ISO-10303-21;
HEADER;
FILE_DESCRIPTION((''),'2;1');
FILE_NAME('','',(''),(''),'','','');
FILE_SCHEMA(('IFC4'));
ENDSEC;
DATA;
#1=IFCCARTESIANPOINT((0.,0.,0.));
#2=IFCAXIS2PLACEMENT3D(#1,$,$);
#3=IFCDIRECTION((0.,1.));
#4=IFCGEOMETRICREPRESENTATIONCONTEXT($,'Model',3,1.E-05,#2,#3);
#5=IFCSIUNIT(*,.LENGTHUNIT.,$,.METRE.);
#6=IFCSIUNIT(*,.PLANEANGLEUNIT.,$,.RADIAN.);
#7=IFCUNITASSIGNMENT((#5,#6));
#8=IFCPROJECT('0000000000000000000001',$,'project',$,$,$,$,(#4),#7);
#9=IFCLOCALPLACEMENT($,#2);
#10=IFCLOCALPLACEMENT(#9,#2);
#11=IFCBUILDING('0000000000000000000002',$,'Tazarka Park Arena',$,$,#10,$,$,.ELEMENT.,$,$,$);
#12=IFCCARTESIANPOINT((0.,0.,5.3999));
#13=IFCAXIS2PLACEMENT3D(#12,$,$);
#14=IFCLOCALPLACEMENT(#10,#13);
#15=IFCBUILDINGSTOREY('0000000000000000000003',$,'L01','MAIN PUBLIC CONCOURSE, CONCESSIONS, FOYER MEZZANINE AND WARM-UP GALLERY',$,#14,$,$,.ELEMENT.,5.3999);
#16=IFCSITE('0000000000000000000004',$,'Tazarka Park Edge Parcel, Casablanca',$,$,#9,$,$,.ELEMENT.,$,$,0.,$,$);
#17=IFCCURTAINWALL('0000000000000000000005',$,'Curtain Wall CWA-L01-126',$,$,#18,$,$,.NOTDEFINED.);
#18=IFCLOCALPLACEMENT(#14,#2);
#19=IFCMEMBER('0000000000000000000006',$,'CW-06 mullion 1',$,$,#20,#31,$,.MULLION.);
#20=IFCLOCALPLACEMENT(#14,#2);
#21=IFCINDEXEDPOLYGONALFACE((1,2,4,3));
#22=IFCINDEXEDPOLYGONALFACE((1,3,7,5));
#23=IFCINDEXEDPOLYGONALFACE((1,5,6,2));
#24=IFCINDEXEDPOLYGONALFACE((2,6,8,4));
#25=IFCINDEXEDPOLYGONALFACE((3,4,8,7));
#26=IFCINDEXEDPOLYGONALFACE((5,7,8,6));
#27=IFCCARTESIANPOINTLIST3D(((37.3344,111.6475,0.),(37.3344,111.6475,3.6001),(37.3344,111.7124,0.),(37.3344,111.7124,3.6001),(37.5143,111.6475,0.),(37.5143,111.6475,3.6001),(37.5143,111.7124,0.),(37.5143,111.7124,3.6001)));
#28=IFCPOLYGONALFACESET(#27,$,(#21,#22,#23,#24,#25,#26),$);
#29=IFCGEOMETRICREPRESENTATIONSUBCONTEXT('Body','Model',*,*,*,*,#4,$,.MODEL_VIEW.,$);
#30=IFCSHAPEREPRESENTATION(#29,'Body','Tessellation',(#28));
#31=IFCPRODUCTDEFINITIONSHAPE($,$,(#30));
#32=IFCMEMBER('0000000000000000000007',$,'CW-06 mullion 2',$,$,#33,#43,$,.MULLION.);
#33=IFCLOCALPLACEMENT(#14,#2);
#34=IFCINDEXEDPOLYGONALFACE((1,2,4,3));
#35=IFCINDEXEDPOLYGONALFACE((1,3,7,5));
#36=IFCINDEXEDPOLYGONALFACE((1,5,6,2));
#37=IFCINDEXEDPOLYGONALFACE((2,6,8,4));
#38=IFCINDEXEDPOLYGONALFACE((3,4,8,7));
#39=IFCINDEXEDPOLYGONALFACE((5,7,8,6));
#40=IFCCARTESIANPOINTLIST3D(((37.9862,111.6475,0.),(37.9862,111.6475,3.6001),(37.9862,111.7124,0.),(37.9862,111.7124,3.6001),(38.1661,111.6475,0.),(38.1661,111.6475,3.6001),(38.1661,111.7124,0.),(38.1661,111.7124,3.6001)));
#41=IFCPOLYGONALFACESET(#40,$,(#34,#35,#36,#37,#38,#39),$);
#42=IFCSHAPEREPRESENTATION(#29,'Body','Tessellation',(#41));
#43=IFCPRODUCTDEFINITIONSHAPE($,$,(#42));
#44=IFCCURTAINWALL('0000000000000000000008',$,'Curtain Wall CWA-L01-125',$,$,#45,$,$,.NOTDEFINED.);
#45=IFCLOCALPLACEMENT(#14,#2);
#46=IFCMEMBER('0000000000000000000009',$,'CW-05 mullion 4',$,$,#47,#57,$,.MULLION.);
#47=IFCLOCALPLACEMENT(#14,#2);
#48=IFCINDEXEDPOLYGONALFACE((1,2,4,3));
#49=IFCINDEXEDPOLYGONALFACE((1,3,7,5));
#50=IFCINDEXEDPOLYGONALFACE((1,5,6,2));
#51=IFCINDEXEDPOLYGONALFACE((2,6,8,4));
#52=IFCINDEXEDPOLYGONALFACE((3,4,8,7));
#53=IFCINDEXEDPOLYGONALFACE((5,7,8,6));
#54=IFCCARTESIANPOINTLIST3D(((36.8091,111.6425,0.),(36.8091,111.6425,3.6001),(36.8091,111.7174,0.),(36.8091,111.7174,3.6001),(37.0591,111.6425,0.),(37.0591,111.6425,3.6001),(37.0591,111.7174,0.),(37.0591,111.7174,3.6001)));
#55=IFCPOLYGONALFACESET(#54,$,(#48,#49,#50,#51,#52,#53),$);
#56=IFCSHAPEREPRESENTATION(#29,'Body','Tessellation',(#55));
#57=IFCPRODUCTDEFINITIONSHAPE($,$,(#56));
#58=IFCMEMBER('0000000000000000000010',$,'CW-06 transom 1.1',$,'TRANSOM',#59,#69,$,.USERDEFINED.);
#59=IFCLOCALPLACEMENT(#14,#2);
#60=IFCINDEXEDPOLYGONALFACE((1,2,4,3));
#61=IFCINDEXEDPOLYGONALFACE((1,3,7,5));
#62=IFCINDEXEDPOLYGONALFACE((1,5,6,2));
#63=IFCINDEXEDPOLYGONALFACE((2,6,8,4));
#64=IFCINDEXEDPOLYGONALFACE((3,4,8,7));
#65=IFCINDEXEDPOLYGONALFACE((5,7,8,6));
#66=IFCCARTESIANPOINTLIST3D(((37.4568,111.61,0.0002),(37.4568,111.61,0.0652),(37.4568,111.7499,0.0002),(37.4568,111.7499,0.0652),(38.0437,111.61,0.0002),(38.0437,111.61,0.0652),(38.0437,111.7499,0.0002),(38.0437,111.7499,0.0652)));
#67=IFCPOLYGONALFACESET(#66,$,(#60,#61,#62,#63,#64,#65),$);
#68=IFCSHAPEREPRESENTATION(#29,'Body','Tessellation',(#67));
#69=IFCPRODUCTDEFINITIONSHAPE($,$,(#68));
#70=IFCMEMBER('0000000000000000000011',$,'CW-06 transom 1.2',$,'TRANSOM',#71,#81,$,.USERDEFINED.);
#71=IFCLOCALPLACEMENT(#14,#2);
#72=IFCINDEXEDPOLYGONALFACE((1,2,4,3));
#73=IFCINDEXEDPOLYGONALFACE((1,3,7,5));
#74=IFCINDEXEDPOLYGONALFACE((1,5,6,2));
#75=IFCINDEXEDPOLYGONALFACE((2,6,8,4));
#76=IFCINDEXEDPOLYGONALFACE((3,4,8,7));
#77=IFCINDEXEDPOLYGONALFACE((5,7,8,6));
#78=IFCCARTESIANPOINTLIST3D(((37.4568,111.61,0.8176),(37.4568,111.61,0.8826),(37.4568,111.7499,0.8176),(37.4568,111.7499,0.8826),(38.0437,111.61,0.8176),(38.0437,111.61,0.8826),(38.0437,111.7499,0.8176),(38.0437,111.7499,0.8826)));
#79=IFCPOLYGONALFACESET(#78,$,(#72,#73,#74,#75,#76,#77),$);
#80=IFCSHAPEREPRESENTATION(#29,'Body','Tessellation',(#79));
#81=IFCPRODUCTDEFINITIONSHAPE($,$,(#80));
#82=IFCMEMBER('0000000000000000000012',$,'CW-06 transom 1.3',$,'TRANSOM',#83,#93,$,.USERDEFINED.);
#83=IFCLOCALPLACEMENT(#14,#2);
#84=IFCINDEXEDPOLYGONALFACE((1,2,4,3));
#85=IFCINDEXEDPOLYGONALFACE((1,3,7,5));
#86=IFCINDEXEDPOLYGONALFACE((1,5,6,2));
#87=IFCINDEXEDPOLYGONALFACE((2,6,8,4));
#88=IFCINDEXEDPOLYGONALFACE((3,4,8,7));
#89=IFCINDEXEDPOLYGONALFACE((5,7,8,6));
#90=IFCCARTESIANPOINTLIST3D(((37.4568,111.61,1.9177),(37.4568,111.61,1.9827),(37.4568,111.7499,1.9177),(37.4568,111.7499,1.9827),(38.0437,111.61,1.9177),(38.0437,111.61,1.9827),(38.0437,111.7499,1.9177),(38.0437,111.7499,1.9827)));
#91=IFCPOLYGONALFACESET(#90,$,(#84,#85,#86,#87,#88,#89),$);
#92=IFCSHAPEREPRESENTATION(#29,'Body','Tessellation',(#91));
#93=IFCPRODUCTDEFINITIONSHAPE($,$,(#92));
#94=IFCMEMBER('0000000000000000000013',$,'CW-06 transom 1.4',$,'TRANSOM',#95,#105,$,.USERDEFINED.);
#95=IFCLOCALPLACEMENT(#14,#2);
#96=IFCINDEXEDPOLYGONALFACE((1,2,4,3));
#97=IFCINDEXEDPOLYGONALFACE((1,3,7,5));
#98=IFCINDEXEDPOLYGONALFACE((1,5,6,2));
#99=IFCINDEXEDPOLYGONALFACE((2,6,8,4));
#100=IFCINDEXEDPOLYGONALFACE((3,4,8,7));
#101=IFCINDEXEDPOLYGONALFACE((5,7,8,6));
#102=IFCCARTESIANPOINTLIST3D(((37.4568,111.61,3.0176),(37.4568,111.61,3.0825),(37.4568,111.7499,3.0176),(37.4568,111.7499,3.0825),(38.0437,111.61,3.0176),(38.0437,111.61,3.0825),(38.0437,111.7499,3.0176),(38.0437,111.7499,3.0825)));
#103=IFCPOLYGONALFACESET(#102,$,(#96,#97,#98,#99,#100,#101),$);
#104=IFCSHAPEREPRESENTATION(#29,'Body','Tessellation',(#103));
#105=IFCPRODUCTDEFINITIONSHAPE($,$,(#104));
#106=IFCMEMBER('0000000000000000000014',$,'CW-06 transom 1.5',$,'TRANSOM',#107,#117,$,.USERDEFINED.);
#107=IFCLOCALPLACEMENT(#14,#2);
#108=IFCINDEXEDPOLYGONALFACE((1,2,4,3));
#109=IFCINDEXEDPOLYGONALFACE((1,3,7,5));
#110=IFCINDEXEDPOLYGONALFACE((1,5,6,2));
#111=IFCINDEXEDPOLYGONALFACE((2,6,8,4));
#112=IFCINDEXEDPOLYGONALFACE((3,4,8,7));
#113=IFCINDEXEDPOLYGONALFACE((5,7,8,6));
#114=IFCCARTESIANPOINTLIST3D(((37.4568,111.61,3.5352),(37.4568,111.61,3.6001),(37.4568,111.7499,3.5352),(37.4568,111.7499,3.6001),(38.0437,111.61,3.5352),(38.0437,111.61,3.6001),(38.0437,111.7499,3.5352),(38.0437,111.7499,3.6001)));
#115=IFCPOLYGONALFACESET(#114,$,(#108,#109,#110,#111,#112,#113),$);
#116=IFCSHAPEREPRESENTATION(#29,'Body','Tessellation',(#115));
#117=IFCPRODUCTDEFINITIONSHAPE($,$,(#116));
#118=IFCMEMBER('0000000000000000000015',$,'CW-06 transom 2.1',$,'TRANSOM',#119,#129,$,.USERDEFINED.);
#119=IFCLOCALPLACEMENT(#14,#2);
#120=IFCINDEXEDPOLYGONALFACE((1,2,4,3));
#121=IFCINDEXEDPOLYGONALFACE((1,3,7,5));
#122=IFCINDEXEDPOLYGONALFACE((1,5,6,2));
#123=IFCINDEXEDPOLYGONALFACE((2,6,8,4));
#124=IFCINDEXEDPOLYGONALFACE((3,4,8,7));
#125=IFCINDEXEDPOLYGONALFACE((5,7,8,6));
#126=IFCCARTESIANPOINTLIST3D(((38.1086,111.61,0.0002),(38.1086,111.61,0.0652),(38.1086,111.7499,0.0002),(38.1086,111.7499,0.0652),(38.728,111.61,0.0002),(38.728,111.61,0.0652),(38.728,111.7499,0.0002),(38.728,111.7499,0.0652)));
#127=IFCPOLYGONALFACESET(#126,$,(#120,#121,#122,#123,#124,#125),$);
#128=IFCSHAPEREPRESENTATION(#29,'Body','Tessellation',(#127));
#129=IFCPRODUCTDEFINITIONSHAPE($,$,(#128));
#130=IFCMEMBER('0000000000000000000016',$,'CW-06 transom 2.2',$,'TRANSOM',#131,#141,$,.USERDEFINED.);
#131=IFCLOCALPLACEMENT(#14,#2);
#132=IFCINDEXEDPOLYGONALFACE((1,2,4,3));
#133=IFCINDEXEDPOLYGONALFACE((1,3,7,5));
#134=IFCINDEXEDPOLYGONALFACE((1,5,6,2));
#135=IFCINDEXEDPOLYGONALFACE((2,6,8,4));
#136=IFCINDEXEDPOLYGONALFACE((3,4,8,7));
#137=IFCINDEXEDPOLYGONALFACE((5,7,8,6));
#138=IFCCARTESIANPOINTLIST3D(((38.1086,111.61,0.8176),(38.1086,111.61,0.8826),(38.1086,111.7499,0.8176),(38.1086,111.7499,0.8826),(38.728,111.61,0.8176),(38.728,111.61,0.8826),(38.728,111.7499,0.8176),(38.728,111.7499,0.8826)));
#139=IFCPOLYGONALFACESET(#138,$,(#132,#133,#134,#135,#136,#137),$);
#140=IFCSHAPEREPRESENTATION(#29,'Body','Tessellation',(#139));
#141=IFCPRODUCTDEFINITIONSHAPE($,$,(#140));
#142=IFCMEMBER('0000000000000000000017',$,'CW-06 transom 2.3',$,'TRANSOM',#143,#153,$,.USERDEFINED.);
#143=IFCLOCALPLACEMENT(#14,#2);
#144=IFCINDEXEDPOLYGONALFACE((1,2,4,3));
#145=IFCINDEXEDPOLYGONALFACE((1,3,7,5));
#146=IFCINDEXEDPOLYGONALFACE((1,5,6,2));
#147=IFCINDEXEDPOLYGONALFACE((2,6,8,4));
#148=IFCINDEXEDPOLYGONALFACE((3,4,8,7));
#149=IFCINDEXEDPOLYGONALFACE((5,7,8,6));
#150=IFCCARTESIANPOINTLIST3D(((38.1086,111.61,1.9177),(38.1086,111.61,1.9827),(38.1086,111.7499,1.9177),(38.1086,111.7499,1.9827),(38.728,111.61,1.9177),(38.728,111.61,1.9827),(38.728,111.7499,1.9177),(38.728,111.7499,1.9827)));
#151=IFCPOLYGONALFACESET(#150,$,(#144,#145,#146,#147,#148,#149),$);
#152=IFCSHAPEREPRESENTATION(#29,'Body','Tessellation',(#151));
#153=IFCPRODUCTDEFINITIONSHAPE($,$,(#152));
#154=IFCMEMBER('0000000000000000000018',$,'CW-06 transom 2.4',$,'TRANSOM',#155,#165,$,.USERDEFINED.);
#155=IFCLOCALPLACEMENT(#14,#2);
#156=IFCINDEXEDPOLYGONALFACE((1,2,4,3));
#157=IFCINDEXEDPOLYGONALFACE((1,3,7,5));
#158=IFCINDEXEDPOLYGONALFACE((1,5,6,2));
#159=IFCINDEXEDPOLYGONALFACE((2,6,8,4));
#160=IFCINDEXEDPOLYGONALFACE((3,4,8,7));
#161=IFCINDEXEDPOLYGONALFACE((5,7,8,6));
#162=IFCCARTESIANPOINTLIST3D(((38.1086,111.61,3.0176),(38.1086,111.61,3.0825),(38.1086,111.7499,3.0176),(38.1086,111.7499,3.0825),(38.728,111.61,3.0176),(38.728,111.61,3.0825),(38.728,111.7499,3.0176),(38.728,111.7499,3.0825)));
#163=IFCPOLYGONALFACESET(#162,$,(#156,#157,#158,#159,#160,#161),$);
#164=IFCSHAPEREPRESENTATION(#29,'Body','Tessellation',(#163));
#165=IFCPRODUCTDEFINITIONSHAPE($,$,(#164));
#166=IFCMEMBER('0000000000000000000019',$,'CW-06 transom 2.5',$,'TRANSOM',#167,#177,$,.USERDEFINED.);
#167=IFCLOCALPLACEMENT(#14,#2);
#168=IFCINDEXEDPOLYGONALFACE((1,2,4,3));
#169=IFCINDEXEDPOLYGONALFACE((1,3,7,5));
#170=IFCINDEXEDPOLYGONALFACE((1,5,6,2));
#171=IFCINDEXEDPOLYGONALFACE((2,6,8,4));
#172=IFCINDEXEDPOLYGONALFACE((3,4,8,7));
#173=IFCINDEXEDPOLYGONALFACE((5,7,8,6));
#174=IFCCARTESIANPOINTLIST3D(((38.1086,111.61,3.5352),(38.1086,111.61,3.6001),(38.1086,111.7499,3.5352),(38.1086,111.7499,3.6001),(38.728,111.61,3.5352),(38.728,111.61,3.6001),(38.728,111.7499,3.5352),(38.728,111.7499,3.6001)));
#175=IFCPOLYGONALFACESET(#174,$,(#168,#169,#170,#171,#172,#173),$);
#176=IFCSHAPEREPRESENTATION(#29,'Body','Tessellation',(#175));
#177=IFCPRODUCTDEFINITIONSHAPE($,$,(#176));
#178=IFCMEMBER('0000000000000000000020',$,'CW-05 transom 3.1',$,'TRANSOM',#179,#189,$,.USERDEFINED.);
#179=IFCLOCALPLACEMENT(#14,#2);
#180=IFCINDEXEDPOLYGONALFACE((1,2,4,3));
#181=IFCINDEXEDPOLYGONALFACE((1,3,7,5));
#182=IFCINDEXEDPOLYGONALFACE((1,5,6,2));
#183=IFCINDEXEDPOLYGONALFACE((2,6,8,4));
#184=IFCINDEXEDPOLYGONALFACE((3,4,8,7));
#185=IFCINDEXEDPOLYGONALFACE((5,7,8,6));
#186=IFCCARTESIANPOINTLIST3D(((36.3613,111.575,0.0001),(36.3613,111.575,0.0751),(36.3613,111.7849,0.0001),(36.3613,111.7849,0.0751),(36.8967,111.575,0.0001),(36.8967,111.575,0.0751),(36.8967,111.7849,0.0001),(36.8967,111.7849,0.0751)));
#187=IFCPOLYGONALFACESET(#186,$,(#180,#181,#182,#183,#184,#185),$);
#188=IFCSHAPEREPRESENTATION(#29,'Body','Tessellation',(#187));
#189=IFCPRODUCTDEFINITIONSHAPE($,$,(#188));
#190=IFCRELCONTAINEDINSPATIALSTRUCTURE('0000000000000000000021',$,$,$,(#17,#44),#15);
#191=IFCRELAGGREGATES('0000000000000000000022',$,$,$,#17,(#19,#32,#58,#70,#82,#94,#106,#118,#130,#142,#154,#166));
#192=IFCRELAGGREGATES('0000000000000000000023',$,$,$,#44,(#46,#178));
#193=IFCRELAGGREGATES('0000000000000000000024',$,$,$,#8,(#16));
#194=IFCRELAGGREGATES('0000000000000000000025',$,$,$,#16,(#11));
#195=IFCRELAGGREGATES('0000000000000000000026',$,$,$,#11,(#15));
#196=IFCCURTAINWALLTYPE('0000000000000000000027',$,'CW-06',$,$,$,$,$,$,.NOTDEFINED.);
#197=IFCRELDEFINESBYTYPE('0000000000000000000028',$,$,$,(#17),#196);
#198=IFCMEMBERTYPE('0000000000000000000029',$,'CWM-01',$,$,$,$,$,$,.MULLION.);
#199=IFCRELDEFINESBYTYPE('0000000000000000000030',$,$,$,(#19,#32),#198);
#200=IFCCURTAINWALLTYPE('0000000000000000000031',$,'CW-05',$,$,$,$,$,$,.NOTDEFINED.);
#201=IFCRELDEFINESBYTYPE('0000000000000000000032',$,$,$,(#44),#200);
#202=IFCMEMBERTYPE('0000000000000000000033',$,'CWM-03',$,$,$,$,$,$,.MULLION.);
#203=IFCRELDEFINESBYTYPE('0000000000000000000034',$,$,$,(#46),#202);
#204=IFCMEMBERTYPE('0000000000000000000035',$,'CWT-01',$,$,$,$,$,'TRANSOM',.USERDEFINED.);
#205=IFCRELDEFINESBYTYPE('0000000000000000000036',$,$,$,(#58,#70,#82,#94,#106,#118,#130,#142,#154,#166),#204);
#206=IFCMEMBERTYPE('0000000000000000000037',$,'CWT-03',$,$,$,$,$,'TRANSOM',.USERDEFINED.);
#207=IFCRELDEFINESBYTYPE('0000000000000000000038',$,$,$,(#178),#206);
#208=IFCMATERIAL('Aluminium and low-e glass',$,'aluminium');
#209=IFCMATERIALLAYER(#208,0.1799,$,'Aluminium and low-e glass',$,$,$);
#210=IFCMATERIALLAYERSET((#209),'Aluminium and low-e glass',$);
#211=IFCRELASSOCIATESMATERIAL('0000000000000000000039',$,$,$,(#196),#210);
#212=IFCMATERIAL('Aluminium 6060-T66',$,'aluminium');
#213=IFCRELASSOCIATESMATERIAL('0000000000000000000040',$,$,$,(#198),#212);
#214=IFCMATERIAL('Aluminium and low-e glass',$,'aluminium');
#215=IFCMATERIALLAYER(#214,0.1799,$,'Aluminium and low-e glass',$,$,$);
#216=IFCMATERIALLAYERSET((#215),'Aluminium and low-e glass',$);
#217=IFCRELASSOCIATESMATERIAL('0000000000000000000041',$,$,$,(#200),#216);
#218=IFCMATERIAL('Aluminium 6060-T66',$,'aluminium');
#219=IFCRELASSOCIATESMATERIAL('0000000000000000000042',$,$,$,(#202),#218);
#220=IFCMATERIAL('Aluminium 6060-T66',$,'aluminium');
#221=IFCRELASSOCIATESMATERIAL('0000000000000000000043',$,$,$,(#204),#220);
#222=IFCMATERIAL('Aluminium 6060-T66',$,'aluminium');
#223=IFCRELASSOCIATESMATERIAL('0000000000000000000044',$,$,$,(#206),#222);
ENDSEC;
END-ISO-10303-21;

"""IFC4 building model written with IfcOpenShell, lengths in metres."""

from ifc_helpers import new_model, si_unit, direction, frame, origin, origin_2d, place, context, subcontext, project, spatial, rectangle, extrude, material, layer, layer_set, material_profile, profile_set, type_object, element, aggregate, save


model = new_model("IFC4")

# Units and contexts
model_context = context("Model", 3, precision=1e-05, world=origin(), true_north=direction((0.0, 1.0)))
body_context = subcontext(model_context, "Body", "Model", "MODEL_VIEW")
ifc_project = project(units=[si_unit("LENGTHUNIT", "METRE"), si_unit("PLANEANGLEUNIT", "RADIAN")], contexts=[model_context])

# Site, building, storey
site_placement = place(None, origin())
site = spatial("IfcSite", under=ifc_project, at=site_placement, Name="Tazarka Park Edge Parcel, Casablanca", CompositionType="ELEMENT", RefElevation=0.0)
building_placement = place(site_placement, origin())
building = spatial("IfcBuilding", under=site, at=building_placement, Name="Tazarka Park Arena", CompositionType="ELEMENT")
storey_placement = place(building_placement, frame((0.0, 0.0, 5.3999)))
storey = spatial("IfcBuildingStorey", under=building, at=storey_placement, Name="L01", Description="MAIN PUBLIC CONCOURSE, CONCESSIONS, FOYER MEZZANINE AND WARM-UP GALLERY", CompositionType="ELEMENT", Elevation=5.3999)

# Curtain wall, members
ifc_material_1 = material(Name="Aluminium and low-e glass", Category="aluminium")
ifc_layer_1 = layer(ifc_material_1, 0.1799, Name="Aluminium and low-e glass")
ifc_layer_set_1 = layer_set([ifc_layer_1], Name="Aluminium and low-e glass")
curtain_wall_type_1 = type_object("IfcCurtainWallType", Name="CW-06", PredefinedType="NOTDEFINED", material=ifc_layer_set_1)
curtain_wall_1_placement = place(storey_placement, origin())
curtain_wall_1 = element("IfcCurtainWall", 1, at=curtain_wall_1_placement, inside=storey, type_object=curtain_wall_type_1, Name="Curtain Wall CWA-L01-126", PredefinedType="NOTDEFINED")
ifc_material_2 = material(Name="Aluminium 6060-T66", Category="aluminium")
ifc_material_profile_1 = material_profile(ifc_material_2, rectangle(XDim=0.0649, YDim=0.1799, at=origin_2d()), Name="Aluminium 6060-T66")
ifc_profile_set_1 = profile_set([ifc_material_profile_1], Name="Aluminium 6060-T66")
member_type_1 = type_object("IfcMemberType", Name="CWM-01", PredefinedType="MULLION", material=ifc_profile_set_1)
member_1_placement = place(storey_placement, frame((37.4243, 111.6799, 0.0), z_axis=(0.0, 0.0, 1.0), x_axis=(0.0, 1.0, 0.0)))
member_1 = element("IfcMember", 2, at=member_1_placement, type_object=member_type_1, Name="CW-06 mullion 1", PredefinedType="MULLION", context=body_context, shape_type="SweptSolid", body=[
    extrude(rectangle(XDim=0.0649, YDim=0.1799, at=origin_2d()), origin(), (0.0, 0.0, 1.0), 3.6001),
])
member_2_placement = place(storey_placement, frame((38.0762, 111.6799, 0.0), z_axis=(0.0, 0.0, 1.0), x_axis=(0.0, 1.0, 0.0)))
member_2 = element("IfcMember", 3, at=member_2_placement, type_object=member_type_1, Name="CW-06 mullion 2", PredefinedType="MULLION", context=body_context, shape_type="SweptSolid", body=[
    extrude(rectangle(XDim=0.0649, YDim=0.1799, at=origin_2d()), origin(), (0.0, 0.0, 1.0), 3.6001),
])

# Curtain wall, member
ifc_material_3 = material(Name="Aluminium and low-e glass", Category="aluminium")
ifc_layer_2 = layer(ifc_material_3, 0.1799, Name="Aluminium and low-e glass")
ifc_layer_set_2 = layer_set([ifc_layer_2], Name="Aluminium and low-e glass")
curtain_wall_type_2 = type_object("IfcCurtainWallType", Name="CW-05", PredefinedType="NOTDEFINED", material=ifc_layer_set_2)
curtain_wall_2_placement = place(storey_placement, origin())
curtain_wall_2 = element("IfcCurtainWall", 4, at=curtain_wall_2_placement, inside=storey, type_object=curtain_wall_type_2, Name="Curtain Wall CWA-L01-125", PredefinedType="NOTDEFINED")
ifc_material_4 = material(Name="Aluminium 6060-T66", Category="aluminium")
ifc_material_profile_2 = material_profile(ifc_material_4, rectangle(XDim=0.075, YDim=0.25, at=origin_2d()), Name="Aluminium 6060-T66")
ifc_profile_set_2 = profile_set([ifc_material_profile_2], Name="Aluminium 6060-T66")
member_type_2 = type_object("IfcMemberType", Name="CWM-03", PredefinedType="MULLION", material=ifc_profile_set_2)
member_3_placement = place(storey_placement, frame((36.9341, 111.6799, 0.0), z_axis=(0.0, 0.0, 1.0), x_axis=(0.0, 1.0, 0.0)))
member_3 = element("IfcMember", 5, at=member_3_placement, type_object=member_type_2, Name="CW-05 mullion 4", PredefinedType="MULLION", context=body_context, shape_type="SweptSolid", body=[
    extrude(rectangle(XDim=0.075, YDim=0.25, at=origin_2d()), origin(), (0.0, 0.0, 1.0), 3.6001),
])

# Members
ifc_material_5 = material(Name="Aluminium 6060-T66", Category="aluminium")
ifc_material_profile_3 = material_profile(ifc_material_5, rectangle(XDim=0.1399, YDim=0.0649, at=origin_2d()), Name="Aluminium 6060-T66")
ifc_profile_set_3 = profile_set([ifc_material_profile_3], Name="Aluminium 6060-T66")
member_type_3 = type_object("IfcMemberType", Name="CWT-01", ElementType="TRANSOM", PredefinedType="USERDEFINED", material=ifc_profile_set_3)
member_4_placement = place(storey_placement, frame((37.4568, 111.6799, 0.0327), z_axis=(1.0, 0.0, 0.0), x_axis=(0.0, 1.0, 0.0)))
member_4 = element("IfcMember", 6, at=member_4_placement, type_object=member_type_3, Name="CW-06 transom 1.1", ObjectType="TRANSOM", PredefinedType="USERDEFINED", context=body_context, shape_type="SweptSolid", body=[
    extrude(rectangle(XDim=0.1399, YDim=0.0649, at=origin_2d()), origin(), (0.0, 0.0, 1.0), 0.5869),
])
member_5_placement = place(storey_placement, frame((37.4568, 111.6799, 0.8501), z_axis=(1.0, 0.0, 0.0), x_axis=(0.0, 1.0, 0.0)))
member_5 = element("IfcMember", 7, at=member_5_placement, type_object=member_type_3, Name="CW-06 transom 1.2", ObjectType="TRANSOM", PredefinedType="USERDEFINED", context=body_context, shape_type="SweptSolid", body=[
    extrude(rectangle(XDim=0.1399, YDim=0.0649, at=origin_2d()), origin(), (0.0, 0.0, 1.0), 0.5869),
])
member_6_placement = place(storey_placement, frame((37.4568, 111.6799, 1.9502), z_axis=(1.0, 0.0, 0.0), x_axis=(0.0, 1.0, 0.0)))
member_6 = element("IfcMember", 8, at=member_6_placement, type_object=member_type_3, Name="CW-06 transom 1.3", ObjectType="TRANSOM", PredefinedType="USERDEFINED", context=body_context, shape_type="SweptSolid", body=[
    extrude(rectangle(XDim=0.1399, YDim=0.0649, at=origin_2d()), origin(), (0.0, 0.0, 1.0), 0.5869),
])
member_7_placement = place(storey_placement, frame((37.4568, 111.6799, 3.05), z_axis=(1.0, 0.0, 0.0), x_axis=(0.0, 1.0, 0.0)))
member_7 = element("IfcMember", 9, at=member_7_placement, type_object=member_type_3, Name="CW-06 transom 1.4", ObjectType="TRANSOM", PredefinedType="USERDEFINED", context=body_context, shape_type="SweptSolid", body=[
    extrude(rectangle(XDim=0.1399, YDim=0.0649, at=origin_2d()), origin(), (0.0, 0.0, 1.0), 0.5869),
])
member_8_placement = place(storey_placement, frame((37.4568, 111.6799, 3.5676), z_axis=(1.0, 0.0, 0.0), x_axis=(0.0, 1.0, 0.0)))
member_8 = element("IfcMember", 10, at=member_8_placement, type_object=member_type_3, Name="CW-06 transom 1.5", ObjectType="TRANSOM", PredefinedType="USERDEFINED", context=body_context, shape_type="SweptSolid", body=[
    extrude(rectangle(XDim=0.1399, YDim=0.0649, at=origin_2d()), origin(), (0.0, 0.0, 1.0), 0.5869),
])
member_9_placement = place(storey_placement, frame((38.1086, 111.6799, 0.0327), z_axis=(1.0, 0.0, 0.0), x_axis=(0.0, 1.0, 0.0)))
member_9 = element("IfcMember", 11, at=member_9_placement, type_object=member_type_3, Name="CW-06 transom 2.1", ObjectType="TRANSOM", PredefinedType="USERDEFINED", context=body_context, shape_type="SweptSolid", body=[
    extrude(rectangle(XDim=0.1399, YDim=0.0649, at=origin_2d()), origin(), (0.0, 0.0, 1.0), 0.6194),
])
member_10_placement = place(storey_placement, frame((38.1086, 111.6799, 0.8501), z_axis=(1.0, 0.0, 0.0), x_axis=(0.0, 1.0, 0.0)))
member_10 = element("IfcMember", 12, at=member_10_placement, type_object=member_type_3, Name="CW-06 transom 2.2", ObjectType="TRANSOM", PredefinedType="USERDEFINED", context=body_context, shape_type="SweptSolid", body=[
    extrude(rectangle(XDim=0.1399, YDim=0.0649, at=origin_2d()), origin(), (0.0, 0.0, 1.0), 0.6194),
])
member_11_placement = place(storey_placement, frame((38.1086, 111.6799, 1.9502), z_axis=(1.0, 0.0, 0.0), x_axis=(0.0, 1.0, 0.0)))
member_11 = element("IfcMember", 13, at=member_11_placement, type_object=member_type_3, Name="CW-06 transom 2.3", ObjectType="TRANSOM", PredefinedType="USERDEFINED", context=body_context, shape_type="SweptSolid", body=[
    extrude(rectangle(XDim=0.1399, YDim=0.0649, at=origin_2d()), origin(), (0.0, 0.0, 1.0), 0.6194),
])
member_12_placement = place(storey_placement, frame((38.1086, 111.6799, 3.05), z_axis=(1.0, 0.0, 0.0), x_axis=(0.0, 1.0, 0.0)))
member_12 = element("IfcMember", 14, at=member_12_placement, type_object=member_type_3, Name="CW-06 transom 2.4", ObjectType="TRANSOM", PredefinedType="USERDEFINED", context=body_context, shape_type="SweptSolid", body=[
    extrude(rectangle(XDim=0.1399, YDim=0.0649, at=origin_2d()), origin(), (0.0, 0.0, 1.0), 0.6194),
])
member_13_placement = place(storey_placement, frame((38.1086, 111.6799, 3.5676), z_axis=(1.0, 0.0, 0.0), x_axis=(0.0, 1.0, 0.0)))
member_13 = element("IfcMember", 15, at=member_13_placement, type_object=member_type_3, Name="CW-06 transom 2.5", ObjectType="TRANSOM", PredefinedType="USERDEFINED", context=body_context, shape_type="SweptSolid", body=[
    extrude(rectangle(XDim=0.1399, YDim=0.0649, at=origin_2d()), origin(), (0.0, 0.0, 1.0), 0.6194),
])
ifc_material_6 = material(Name="Aluminium 6060-T66", Category="aluminium")
ifc_material_profile_4 = material_profile(ifc_material_6, rectangle(XDim=0.21, YDim=0.075, at=origin_2d()), Name="Aluminium 6060-T66")
ifc_profile_set_4 = profile_set([ifc_material_profile_4], Name="Aluminium 6060-T66")
member_type_4 = type_object("IfcMemberType", Name="CWT-03", ElementType="TRANSOM", PredefinedType="USERDEFINED", material=ifc_profile_set_4)
member_14_placement = place(storey_placement, frame((36.3613, 111.6799, 0.0376), z_axis=(1.0, 0.0, 0.0), x_axis=(0.0, 1.0, 0.0)))
member_14 = element("IfcMember", 16, at=member_14_placement, type_object=member_type_4, Name="CW-05 transom 3.1", ObjectType="TRANSOM", PredefinedType="USERDEFINED", context=body_context, shape_type="SweptSolid", body=[
    extrude(rectangle(XDim=0.21, YDim=0.075, at=origin_2d()), origin(), (0.0, 0.0, 1.0), 0.5354),
])

aggregate(curtain_wall_1, [member_1, member_2, member_4, member_5, member_6, member_7, member_8, member_9, member_10, member_11, member_12, member_13])
aggregate(curtain_wall_2, [member_3, member_14])

save(model, "model.ifc")
